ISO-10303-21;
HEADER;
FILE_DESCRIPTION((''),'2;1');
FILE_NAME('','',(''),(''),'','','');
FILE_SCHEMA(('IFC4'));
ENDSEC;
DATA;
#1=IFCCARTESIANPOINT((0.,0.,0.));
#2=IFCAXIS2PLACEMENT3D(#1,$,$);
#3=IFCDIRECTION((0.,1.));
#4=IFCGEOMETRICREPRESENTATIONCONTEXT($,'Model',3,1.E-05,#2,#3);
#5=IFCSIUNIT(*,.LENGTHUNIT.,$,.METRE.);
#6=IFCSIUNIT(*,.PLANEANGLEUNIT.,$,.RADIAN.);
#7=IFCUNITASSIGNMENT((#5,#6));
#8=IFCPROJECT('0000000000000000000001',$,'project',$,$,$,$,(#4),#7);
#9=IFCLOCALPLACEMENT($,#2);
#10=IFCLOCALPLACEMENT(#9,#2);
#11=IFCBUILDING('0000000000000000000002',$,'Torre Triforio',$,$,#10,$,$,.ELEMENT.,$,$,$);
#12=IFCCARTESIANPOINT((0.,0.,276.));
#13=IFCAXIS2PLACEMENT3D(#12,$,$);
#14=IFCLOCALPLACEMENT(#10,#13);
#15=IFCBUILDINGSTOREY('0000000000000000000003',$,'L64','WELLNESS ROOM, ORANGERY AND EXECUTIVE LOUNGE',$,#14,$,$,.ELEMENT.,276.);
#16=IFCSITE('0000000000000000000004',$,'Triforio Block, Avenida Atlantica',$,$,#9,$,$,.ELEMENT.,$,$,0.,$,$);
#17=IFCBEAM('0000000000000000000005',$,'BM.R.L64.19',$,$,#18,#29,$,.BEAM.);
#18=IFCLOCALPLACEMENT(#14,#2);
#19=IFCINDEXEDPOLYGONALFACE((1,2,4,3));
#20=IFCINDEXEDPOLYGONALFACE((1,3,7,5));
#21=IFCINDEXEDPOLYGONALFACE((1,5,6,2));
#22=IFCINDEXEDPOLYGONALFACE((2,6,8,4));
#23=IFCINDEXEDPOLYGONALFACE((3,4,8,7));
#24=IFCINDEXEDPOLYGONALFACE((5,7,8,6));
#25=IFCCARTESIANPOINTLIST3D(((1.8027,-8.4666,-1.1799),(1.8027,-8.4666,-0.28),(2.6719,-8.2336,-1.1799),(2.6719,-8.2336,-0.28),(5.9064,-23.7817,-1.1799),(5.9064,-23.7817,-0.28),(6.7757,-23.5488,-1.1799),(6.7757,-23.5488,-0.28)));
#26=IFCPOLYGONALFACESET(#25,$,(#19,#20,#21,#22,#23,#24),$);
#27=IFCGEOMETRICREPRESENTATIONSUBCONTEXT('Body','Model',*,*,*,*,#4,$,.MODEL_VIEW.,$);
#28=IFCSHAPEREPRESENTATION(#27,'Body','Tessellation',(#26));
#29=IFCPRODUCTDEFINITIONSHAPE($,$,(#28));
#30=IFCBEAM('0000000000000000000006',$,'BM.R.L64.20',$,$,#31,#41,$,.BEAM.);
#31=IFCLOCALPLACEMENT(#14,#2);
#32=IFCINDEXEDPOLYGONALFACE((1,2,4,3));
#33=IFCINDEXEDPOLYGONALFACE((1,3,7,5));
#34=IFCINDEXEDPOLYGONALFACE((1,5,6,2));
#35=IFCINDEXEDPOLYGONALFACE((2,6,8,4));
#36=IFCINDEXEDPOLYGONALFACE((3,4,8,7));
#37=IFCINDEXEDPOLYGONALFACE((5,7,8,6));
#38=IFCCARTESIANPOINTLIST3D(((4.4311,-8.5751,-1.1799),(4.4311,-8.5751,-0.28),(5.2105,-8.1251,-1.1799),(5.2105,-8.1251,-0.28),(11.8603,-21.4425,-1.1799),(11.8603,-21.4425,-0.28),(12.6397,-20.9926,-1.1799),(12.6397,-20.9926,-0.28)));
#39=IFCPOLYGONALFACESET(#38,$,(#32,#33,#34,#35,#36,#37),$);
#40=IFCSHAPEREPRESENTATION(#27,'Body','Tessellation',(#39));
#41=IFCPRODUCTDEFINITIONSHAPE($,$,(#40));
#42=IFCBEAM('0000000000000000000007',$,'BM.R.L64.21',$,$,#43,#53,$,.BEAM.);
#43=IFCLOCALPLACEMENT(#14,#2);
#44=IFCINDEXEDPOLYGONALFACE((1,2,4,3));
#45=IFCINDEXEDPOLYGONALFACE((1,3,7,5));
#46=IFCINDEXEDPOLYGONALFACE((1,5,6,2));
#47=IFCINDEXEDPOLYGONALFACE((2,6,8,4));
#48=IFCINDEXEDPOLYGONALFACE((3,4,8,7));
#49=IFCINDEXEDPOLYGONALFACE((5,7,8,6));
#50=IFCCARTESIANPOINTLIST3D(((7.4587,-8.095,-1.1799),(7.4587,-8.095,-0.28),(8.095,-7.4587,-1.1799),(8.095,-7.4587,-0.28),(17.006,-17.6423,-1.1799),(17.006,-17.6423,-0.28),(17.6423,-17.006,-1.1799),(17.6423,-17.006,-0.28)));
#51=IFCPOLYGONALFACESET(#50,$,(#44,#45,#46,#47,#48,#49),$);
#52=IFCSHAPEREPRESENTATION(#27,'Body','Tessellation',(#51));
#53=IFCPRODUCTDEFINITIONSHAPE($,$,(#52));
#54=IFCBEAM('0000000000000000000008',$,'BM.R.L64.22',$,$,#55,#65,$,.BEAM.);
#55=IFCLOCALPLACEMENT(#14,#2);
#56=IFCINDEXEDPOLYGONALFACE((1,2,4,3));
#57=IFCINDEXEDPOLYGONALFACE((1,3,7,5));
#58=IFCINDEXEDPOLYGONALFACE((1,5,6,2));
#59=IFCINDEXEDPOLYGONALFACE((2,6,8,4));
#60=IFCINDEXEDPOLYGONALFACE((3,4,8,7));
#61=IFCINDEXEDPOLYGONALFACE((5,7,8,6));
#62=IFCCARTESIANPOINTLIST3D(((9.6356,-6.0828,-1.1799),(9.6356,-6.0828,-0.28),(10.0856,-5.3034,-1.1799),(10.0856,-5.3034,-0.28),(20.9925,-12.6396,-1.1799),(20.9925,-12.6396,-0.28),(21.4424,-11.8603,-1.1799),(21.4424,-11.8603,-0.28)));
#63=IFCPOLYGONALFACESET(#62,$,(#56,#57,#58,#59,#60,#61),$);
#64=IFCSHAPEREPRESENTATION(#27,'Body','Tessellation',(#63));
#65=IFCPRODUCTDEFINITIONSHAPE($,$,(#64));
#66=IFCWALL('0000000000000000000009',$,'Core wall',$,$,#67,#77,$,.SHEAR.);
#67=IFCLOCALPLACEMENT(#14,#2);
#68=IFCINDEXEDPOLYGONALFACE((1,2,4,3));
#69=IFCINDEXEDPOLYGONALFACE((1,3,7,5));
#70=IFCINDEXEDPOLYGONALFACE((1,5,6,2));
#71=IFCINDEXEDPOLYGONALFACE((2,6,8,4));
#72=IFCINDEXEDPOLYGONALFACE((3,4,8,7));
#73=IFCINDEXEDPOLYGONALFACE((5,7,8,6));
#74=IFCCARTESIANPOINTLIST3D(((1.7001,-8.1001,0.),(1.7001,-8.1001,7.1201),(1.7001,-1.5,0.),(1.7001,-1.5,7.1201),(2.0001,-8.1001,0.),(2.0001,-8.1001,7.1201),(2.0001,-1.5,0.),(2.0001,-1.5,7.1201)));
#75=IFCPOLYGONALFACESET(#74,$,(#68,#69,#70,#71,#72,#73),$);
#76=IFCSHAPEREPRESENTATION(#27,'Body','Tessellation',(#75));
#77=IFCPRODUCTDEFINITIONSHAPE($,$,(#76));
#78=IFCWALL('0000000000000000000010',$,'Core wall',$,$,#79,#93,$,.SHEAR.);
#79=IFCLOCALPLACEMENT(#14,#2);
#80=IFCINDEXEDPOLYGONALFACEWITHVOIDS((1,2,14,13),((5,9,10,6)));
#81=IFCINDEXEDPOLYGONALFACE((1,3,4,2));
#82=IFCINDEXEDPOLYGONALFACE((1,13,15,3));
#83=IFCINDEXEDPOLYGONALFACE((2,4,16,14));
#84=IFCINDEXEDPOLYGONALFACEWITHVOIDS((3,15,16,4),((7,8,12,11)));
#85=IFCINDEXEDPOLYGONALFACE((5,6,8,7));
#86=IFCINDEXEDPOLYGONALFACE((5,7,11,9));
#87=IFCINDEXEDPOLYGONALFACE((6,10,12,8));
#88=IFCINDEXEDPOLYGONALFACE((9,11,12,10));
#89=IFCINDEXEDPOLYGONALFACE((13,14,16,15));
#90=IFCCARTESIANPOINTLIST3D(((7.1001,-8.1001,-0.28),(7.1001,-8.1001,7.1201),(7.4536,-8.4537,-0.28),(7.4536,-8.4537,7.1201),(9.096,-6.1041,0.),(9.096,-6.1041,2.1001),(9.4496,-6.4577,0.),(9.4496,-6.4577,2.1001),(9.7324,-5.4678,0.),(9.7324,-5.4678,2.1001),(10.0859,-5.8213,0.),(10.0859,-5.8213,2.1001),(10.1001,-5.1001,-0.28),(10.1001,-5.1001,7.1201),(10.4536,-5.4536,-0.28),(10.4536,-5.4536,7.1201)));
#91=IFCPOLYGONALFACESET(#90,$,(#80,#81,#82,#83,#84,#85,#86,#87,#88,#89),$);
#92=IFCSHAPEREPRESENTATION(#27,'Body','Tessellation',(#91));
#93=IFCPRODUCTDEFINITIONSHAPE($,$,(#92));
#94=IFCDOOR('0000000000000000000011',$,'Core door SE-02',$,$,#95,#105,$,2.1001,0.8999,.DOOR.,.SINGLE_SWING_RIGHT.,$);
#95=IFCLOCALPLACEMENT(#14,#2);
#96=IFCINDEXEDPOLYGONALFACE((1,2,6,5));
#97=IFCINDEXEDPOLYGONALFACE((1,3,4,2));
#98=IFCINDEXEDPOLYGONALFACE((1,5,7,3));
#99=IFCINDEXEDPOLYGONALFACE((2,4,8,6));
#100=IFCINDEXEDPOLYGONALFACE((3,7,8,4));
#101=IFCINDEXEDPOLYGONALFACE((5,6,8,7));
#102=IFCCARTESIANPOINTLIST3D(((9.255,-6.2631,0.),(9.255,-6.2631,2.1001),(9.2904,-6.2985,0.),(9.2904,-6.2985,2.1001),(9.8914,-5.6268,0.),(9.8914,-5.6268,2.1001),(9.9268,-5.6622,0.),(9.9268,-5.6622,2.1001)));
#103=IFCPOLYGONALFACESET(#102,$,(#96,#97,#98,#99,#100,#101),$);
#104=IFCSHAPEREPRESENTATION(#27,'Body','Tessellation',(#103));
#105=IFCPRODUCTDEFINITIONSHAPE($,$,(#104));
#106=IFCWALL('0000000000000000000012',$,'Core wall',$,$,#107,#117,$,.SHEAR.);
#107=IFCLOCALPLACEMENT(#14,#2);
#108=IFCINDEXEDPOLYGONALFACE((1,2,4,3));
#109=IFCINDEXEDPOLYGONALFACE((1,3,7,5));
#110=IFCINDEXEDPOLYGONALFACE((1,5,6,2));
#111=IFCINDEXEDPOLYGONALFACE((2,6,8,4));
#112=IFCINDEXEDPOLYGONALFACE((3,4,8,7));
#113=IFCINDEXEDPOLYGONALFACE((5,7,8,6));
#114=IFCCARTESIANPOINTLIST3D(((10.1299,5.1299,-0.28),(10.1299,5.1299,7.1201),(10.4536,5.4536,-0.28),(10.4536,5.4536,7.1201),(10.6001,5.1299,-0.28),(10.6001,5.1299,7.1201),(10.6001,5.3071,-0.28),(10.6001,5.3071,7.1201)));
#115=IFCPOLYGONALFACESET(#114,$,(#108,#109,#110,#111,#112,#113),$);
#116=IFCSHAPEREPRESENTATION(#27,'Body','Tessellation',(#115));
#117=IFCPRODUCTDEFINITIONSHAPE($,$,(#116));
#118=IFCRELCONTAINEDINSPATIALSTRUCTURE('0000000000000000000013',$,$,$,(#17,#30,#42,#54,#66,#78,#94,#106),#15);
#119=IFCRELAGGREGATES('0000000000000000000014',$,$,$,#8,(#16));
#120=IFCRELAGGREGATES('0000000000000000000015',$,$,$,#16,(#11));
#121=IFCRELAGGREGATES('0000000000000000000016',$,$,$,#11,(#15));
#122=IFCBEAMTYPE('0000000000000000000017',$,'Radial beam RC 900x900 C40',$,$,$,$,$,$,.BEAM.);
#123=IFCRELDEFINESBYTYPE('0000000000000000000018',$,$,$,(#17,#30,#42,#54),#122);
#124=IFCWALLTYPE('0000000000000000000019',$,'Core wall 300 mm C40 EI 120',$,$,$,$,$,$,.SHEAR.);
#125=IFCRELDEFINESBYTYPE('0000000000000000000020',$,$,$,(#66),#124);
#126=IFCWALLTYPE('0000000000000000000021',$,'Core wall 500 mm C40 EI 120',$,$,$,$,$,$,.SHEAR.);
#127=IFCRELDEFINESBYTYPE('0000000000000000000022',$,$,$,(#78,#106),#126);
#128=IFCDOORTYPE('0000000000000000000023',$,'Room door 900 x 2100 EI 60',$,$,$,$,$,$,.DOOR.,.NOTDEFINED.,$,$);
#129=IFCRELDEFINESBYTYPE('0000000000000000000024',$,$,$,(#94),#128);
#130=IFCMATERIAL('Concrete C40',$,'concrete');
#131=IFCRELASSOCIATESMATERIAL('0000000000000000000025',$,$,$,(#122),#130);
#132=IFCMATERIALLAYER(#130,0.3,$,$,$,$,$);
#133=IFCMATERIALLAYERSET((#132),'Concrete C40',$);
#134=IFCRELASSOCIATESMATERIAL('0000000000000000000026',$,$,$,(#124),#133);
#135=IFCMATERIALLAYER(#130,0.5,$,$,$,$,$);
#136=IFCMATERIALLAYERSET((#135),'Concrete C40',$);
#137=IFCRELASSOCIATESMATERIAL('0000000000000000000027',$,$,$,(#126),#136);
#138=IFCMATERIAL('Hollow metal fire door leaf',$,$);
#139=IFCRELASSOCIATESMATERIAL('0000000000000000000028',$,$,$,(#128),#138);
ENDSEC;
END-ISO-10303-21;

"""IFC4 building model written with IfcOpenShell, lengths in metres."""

from ifc_helpers import new_model, si_unit, direction, frame, frame_2d, origin, origin_2d, place, context, subcontext, project, spatial, polyline, rectangle, outline, extrude, material, layer, layer_set, material_profile, profile_set, type_object, element, fill, save


model = new_model("IFC4")

# Units and contexts
model_context = context("Model", 3, precision=1e-05, world=origin(), true_north=direction((0.0, 1.0)))
body_context = subcontext(model_context, "Body", "Model", "MODEL_VIEW")
ifc_project = project(units=[si_unit("LENGTHUNIT", "METRE"), si_unit("PLANEANGLEUNIT", "RADIAN")], contexts=[model_context])

# Site, building, storey
site_placement = place(None, origin())
site = spatial("IfcSite", under=ifc_project, at=site_placement, Name="Triforio Block, Avenida Atlantica", CompositionType="ELEMENT", RefElevation=0.0)
building_placement = place(site_placement, origin())
building = spatial("IfcBuilding", under=site, at=building_placement, Name="Torre Triforio", CompositionType="ELEMENT")
storey_placement = place(building_placement, frame((0.0, 0.0, 276.0)))
storey = spatial("IfcBuildingStorey", under=building, at=storey_placement, Name="L64", Description="WELLNESS ROOM, ORANGERY AND EXECUTIVE LOUNGE", CompositionType="ELEMENT", Elevation=276.0)

# Beams
ifc_material_1 = material(Name="Concrete C40", Category="concrete")
ifc_material_profile = material_profile(ifc_material_1, rectangle(XDim=0.8999, YDim=0.8999, at=origin_2d()), Name="RC 900x900")
ifc_profile_set = profile_set([ifc_material_profile], Name="Concrete C40")
beam_type = type_object("IfcBeamType", Name="Radial beam RC 900x900 C40", PredefinedType="BEAM", material=ifc_profile_set)
beam_1_placement = place(storey_placement, frame((2.2373, -8.3501, -0.73), z_axis=(0.258823, -0.965925, 0.0), x_axis=(0.965925, 0.258823, 0.0)))
element("IfcBeam", 1, at=beam_1_placement, inside=storey, type_object=beam_type, Name="BM.R.L64.19", PredefinedType="BEAM", context=body_context, shape_type="SweptSolid", body=[
    extrude(rectangle(XDim=0.8999, YDim=0.8999, at=origin_2d()), origin(), (0.0, 0.0, 1.0), 15.8555),
])
beam_2_placement = place(storey_placement, frame((4.8208, -8.3501, -0.73), z_axis=(0.500009, -0.86602, 0.0), x_axis=(0.86602, 0.500009, 0.0)))
element("IfcBeam", 2, at=beam_2_placement, inside=storey, type_object=beam_type, Name="BM.R.L64.20", PredefinedType="BEAM", context=body_context, shape_type="SweptSolid", body=[
    extrude(rectangle(XDim=0.8999, YDim=0.8999, at=origin_2d()), origin(), (0.0, 0.0, 1.0), 14.8582),
])
beam_3_placement = place(storey_placement, frame((7.7769, -7.7769, -0.73), z_axis=(0.707107, -0.707107, 0.0), x_axis=(0.707107, 0.707107, 0.0)))
element("IfcBeam", 3, at=beam_3_placement, inside=storey, type_object=beam_type, Name="BM.R.L64.21", PredefinedType="BEAM", context=body_context, shape_type="SweptSolid", body=[
    extrude(rectangle(XDim=0.8999, YDim=0.8999, at=origin_2d()), origin(), (0.0, 0.0, 1.0), 13.502),
])
beam_4_placement = place(storey_placement, frame((9.8606, -5.6931, -0.73), z_axis=(0.866027, -0.499997, 0.0), x_axis=(0.499997, 0.866027, 0.0)))
element("IfcBeam", 4, at=beam_4_placement, inside=storey, type_object=beam_type, Name="BM.R.L64.22", PredefinedType="BEAM", context=body_context, shape_type="SweptSolid", body=[
    extrude(rectangle(XDim=0.8999, YDim=0.8999, at=origin_2d()), origin(), (0.0, 0.0, 1.0), 13.1138),
])

# Wall
ifc_layer_1 = layer(ifc_material_1, 0.3)
ifc_layer_set_1 = layer_set([ifc_layer_1], Name="Concrete C40")
wall_type_1 = type_object("IfcWallType", Name="Core wall 300 mm C40 EI 120", PredefinedType="SHEAR", material=ifc_layer_set_1)
wall_1_placement = place(storey_placement, frame((1.8501, -8.1001, 0.0), z_axis=(0.0, 0.0, 1.0), x_axis=(0.0, 1.0, 0.0)))
element("IfcWall", 5, at=wall_1_placement, inside=storey, type_object=wall_type_1, Name="Core wall", PredefinedType="SHEAR", context=body_context, shape_type="SweptSolid", body=[
    extrude(rectangle(XDim=6.6001, YDim=0.3, at=frame_2d((3.3, 0.0))), origin(), (0.0, 0.0, 1.0), 7.1201),
])

# Wall, opening, door
ifc_layer_2 = layer(ifc_material_1, 0.5)
ifc_layer_set_2 = layer_set([ifc_layer_2], Name="Concrete C40")
wall_type_2 = type_object("IfcWallType", Name="Core wall 500 mm C40 EI 120", PredefinedType="SHEAR", material=ifc_layer_set_2)
wall_2_placement = place(storey_placement, frame((10.2769, -5.2769, -0.28), z_axis=(0.0, 0.0, 1.0), x_axis=(-0.707107, -0.707107, 0.0)))
wall_2 = element("IfcWall", 6, at=wall_2_placement, inside=storey, type_object=wall_type_2, Name="Core wall", PredefinedType="SHEAR", context=body_context, shape_type="SweptSolid", body=[
    extrude(rectangle(XDim=4.2427, YDim=0.5, at=frame_2d((2.1213, 0.0))), origin(), (0.0, 0.0, 1.0), 7.4001),
])
opening_1_placement = place(wall_2_placement, frame((0.52, 0.0, 0.28)))
opening_1 = element("IfcOpeningElement", 7, at=opening_1_placement, cuts=wall_2, PredefinedType="OPENING", context=body_context, shape_type="SweptSolid", body=[
    extrude(rectangle(XDim=0.8999, YDim=2.1001, at=frame_2d((0.45, 1.05))), frame((0.0, 0.26, 0.0), z_axis=(0.0, -1.0, 0.0), x_axis=(1.0, 0.0, 0.0)), (0.0, 0.0, 1.0), 0.52),
])
ifc_material_2 = material(Name="Hollow metal fire door leaf")
door_type_1 = type_object("IfcDoorType", Name="Room door 900 x 2100 EI 60", OperationType="NOTDEFINED", PredefinedType="DOOR", material=ifc_material_2)
door_1_placement = place(opening_1_placement, origin())
door_1 = element("IfcDoor", 8, at=door_1_placement, inside=storey, type_object=door_type_1, Name="Core door SE-02", OperationType="SINGLE_SWING_RIGHT", OverallHeight=2.1001, OverallWidth=0.8999, PredefinedType="DOOR", context=body_context, shape_type="SweptSolid", body=[
    extrude(rectangle(XDim=0.8999, YDim=2.1001, at=frame_2d((0.45, 1.05))), frame((0.0, 0.0249, 0.0), z_axis=(0.0, -1.0, 0.0), x_axis=(1.0, 0.0, 0.0)), (0.0, 0.0, 1.0), 0.05),
])
fill(opening_1, door_1)

# Wall
wall_3_placement = place(storey_placement, frame((0.0, 0.0, -0.28)))
element("IfcWall", 9, at=wall_3_placement, inside=storey, type_object=wall_type_2, Name="Core wall", PredefinedType="SHEAR", context=body_context, shape_type="SweptSolid", body=[
    extrude(outline(polyline([(10.6001, 5.3071), (10.6001, 5.1299), (10.1299, 5.1299), (10.4536, 5.4536), (10.6001, 5.3071)])), origin(), (0.0, 0.0, 1.0), 7.4001),
])

save(model, "model.ifc")
